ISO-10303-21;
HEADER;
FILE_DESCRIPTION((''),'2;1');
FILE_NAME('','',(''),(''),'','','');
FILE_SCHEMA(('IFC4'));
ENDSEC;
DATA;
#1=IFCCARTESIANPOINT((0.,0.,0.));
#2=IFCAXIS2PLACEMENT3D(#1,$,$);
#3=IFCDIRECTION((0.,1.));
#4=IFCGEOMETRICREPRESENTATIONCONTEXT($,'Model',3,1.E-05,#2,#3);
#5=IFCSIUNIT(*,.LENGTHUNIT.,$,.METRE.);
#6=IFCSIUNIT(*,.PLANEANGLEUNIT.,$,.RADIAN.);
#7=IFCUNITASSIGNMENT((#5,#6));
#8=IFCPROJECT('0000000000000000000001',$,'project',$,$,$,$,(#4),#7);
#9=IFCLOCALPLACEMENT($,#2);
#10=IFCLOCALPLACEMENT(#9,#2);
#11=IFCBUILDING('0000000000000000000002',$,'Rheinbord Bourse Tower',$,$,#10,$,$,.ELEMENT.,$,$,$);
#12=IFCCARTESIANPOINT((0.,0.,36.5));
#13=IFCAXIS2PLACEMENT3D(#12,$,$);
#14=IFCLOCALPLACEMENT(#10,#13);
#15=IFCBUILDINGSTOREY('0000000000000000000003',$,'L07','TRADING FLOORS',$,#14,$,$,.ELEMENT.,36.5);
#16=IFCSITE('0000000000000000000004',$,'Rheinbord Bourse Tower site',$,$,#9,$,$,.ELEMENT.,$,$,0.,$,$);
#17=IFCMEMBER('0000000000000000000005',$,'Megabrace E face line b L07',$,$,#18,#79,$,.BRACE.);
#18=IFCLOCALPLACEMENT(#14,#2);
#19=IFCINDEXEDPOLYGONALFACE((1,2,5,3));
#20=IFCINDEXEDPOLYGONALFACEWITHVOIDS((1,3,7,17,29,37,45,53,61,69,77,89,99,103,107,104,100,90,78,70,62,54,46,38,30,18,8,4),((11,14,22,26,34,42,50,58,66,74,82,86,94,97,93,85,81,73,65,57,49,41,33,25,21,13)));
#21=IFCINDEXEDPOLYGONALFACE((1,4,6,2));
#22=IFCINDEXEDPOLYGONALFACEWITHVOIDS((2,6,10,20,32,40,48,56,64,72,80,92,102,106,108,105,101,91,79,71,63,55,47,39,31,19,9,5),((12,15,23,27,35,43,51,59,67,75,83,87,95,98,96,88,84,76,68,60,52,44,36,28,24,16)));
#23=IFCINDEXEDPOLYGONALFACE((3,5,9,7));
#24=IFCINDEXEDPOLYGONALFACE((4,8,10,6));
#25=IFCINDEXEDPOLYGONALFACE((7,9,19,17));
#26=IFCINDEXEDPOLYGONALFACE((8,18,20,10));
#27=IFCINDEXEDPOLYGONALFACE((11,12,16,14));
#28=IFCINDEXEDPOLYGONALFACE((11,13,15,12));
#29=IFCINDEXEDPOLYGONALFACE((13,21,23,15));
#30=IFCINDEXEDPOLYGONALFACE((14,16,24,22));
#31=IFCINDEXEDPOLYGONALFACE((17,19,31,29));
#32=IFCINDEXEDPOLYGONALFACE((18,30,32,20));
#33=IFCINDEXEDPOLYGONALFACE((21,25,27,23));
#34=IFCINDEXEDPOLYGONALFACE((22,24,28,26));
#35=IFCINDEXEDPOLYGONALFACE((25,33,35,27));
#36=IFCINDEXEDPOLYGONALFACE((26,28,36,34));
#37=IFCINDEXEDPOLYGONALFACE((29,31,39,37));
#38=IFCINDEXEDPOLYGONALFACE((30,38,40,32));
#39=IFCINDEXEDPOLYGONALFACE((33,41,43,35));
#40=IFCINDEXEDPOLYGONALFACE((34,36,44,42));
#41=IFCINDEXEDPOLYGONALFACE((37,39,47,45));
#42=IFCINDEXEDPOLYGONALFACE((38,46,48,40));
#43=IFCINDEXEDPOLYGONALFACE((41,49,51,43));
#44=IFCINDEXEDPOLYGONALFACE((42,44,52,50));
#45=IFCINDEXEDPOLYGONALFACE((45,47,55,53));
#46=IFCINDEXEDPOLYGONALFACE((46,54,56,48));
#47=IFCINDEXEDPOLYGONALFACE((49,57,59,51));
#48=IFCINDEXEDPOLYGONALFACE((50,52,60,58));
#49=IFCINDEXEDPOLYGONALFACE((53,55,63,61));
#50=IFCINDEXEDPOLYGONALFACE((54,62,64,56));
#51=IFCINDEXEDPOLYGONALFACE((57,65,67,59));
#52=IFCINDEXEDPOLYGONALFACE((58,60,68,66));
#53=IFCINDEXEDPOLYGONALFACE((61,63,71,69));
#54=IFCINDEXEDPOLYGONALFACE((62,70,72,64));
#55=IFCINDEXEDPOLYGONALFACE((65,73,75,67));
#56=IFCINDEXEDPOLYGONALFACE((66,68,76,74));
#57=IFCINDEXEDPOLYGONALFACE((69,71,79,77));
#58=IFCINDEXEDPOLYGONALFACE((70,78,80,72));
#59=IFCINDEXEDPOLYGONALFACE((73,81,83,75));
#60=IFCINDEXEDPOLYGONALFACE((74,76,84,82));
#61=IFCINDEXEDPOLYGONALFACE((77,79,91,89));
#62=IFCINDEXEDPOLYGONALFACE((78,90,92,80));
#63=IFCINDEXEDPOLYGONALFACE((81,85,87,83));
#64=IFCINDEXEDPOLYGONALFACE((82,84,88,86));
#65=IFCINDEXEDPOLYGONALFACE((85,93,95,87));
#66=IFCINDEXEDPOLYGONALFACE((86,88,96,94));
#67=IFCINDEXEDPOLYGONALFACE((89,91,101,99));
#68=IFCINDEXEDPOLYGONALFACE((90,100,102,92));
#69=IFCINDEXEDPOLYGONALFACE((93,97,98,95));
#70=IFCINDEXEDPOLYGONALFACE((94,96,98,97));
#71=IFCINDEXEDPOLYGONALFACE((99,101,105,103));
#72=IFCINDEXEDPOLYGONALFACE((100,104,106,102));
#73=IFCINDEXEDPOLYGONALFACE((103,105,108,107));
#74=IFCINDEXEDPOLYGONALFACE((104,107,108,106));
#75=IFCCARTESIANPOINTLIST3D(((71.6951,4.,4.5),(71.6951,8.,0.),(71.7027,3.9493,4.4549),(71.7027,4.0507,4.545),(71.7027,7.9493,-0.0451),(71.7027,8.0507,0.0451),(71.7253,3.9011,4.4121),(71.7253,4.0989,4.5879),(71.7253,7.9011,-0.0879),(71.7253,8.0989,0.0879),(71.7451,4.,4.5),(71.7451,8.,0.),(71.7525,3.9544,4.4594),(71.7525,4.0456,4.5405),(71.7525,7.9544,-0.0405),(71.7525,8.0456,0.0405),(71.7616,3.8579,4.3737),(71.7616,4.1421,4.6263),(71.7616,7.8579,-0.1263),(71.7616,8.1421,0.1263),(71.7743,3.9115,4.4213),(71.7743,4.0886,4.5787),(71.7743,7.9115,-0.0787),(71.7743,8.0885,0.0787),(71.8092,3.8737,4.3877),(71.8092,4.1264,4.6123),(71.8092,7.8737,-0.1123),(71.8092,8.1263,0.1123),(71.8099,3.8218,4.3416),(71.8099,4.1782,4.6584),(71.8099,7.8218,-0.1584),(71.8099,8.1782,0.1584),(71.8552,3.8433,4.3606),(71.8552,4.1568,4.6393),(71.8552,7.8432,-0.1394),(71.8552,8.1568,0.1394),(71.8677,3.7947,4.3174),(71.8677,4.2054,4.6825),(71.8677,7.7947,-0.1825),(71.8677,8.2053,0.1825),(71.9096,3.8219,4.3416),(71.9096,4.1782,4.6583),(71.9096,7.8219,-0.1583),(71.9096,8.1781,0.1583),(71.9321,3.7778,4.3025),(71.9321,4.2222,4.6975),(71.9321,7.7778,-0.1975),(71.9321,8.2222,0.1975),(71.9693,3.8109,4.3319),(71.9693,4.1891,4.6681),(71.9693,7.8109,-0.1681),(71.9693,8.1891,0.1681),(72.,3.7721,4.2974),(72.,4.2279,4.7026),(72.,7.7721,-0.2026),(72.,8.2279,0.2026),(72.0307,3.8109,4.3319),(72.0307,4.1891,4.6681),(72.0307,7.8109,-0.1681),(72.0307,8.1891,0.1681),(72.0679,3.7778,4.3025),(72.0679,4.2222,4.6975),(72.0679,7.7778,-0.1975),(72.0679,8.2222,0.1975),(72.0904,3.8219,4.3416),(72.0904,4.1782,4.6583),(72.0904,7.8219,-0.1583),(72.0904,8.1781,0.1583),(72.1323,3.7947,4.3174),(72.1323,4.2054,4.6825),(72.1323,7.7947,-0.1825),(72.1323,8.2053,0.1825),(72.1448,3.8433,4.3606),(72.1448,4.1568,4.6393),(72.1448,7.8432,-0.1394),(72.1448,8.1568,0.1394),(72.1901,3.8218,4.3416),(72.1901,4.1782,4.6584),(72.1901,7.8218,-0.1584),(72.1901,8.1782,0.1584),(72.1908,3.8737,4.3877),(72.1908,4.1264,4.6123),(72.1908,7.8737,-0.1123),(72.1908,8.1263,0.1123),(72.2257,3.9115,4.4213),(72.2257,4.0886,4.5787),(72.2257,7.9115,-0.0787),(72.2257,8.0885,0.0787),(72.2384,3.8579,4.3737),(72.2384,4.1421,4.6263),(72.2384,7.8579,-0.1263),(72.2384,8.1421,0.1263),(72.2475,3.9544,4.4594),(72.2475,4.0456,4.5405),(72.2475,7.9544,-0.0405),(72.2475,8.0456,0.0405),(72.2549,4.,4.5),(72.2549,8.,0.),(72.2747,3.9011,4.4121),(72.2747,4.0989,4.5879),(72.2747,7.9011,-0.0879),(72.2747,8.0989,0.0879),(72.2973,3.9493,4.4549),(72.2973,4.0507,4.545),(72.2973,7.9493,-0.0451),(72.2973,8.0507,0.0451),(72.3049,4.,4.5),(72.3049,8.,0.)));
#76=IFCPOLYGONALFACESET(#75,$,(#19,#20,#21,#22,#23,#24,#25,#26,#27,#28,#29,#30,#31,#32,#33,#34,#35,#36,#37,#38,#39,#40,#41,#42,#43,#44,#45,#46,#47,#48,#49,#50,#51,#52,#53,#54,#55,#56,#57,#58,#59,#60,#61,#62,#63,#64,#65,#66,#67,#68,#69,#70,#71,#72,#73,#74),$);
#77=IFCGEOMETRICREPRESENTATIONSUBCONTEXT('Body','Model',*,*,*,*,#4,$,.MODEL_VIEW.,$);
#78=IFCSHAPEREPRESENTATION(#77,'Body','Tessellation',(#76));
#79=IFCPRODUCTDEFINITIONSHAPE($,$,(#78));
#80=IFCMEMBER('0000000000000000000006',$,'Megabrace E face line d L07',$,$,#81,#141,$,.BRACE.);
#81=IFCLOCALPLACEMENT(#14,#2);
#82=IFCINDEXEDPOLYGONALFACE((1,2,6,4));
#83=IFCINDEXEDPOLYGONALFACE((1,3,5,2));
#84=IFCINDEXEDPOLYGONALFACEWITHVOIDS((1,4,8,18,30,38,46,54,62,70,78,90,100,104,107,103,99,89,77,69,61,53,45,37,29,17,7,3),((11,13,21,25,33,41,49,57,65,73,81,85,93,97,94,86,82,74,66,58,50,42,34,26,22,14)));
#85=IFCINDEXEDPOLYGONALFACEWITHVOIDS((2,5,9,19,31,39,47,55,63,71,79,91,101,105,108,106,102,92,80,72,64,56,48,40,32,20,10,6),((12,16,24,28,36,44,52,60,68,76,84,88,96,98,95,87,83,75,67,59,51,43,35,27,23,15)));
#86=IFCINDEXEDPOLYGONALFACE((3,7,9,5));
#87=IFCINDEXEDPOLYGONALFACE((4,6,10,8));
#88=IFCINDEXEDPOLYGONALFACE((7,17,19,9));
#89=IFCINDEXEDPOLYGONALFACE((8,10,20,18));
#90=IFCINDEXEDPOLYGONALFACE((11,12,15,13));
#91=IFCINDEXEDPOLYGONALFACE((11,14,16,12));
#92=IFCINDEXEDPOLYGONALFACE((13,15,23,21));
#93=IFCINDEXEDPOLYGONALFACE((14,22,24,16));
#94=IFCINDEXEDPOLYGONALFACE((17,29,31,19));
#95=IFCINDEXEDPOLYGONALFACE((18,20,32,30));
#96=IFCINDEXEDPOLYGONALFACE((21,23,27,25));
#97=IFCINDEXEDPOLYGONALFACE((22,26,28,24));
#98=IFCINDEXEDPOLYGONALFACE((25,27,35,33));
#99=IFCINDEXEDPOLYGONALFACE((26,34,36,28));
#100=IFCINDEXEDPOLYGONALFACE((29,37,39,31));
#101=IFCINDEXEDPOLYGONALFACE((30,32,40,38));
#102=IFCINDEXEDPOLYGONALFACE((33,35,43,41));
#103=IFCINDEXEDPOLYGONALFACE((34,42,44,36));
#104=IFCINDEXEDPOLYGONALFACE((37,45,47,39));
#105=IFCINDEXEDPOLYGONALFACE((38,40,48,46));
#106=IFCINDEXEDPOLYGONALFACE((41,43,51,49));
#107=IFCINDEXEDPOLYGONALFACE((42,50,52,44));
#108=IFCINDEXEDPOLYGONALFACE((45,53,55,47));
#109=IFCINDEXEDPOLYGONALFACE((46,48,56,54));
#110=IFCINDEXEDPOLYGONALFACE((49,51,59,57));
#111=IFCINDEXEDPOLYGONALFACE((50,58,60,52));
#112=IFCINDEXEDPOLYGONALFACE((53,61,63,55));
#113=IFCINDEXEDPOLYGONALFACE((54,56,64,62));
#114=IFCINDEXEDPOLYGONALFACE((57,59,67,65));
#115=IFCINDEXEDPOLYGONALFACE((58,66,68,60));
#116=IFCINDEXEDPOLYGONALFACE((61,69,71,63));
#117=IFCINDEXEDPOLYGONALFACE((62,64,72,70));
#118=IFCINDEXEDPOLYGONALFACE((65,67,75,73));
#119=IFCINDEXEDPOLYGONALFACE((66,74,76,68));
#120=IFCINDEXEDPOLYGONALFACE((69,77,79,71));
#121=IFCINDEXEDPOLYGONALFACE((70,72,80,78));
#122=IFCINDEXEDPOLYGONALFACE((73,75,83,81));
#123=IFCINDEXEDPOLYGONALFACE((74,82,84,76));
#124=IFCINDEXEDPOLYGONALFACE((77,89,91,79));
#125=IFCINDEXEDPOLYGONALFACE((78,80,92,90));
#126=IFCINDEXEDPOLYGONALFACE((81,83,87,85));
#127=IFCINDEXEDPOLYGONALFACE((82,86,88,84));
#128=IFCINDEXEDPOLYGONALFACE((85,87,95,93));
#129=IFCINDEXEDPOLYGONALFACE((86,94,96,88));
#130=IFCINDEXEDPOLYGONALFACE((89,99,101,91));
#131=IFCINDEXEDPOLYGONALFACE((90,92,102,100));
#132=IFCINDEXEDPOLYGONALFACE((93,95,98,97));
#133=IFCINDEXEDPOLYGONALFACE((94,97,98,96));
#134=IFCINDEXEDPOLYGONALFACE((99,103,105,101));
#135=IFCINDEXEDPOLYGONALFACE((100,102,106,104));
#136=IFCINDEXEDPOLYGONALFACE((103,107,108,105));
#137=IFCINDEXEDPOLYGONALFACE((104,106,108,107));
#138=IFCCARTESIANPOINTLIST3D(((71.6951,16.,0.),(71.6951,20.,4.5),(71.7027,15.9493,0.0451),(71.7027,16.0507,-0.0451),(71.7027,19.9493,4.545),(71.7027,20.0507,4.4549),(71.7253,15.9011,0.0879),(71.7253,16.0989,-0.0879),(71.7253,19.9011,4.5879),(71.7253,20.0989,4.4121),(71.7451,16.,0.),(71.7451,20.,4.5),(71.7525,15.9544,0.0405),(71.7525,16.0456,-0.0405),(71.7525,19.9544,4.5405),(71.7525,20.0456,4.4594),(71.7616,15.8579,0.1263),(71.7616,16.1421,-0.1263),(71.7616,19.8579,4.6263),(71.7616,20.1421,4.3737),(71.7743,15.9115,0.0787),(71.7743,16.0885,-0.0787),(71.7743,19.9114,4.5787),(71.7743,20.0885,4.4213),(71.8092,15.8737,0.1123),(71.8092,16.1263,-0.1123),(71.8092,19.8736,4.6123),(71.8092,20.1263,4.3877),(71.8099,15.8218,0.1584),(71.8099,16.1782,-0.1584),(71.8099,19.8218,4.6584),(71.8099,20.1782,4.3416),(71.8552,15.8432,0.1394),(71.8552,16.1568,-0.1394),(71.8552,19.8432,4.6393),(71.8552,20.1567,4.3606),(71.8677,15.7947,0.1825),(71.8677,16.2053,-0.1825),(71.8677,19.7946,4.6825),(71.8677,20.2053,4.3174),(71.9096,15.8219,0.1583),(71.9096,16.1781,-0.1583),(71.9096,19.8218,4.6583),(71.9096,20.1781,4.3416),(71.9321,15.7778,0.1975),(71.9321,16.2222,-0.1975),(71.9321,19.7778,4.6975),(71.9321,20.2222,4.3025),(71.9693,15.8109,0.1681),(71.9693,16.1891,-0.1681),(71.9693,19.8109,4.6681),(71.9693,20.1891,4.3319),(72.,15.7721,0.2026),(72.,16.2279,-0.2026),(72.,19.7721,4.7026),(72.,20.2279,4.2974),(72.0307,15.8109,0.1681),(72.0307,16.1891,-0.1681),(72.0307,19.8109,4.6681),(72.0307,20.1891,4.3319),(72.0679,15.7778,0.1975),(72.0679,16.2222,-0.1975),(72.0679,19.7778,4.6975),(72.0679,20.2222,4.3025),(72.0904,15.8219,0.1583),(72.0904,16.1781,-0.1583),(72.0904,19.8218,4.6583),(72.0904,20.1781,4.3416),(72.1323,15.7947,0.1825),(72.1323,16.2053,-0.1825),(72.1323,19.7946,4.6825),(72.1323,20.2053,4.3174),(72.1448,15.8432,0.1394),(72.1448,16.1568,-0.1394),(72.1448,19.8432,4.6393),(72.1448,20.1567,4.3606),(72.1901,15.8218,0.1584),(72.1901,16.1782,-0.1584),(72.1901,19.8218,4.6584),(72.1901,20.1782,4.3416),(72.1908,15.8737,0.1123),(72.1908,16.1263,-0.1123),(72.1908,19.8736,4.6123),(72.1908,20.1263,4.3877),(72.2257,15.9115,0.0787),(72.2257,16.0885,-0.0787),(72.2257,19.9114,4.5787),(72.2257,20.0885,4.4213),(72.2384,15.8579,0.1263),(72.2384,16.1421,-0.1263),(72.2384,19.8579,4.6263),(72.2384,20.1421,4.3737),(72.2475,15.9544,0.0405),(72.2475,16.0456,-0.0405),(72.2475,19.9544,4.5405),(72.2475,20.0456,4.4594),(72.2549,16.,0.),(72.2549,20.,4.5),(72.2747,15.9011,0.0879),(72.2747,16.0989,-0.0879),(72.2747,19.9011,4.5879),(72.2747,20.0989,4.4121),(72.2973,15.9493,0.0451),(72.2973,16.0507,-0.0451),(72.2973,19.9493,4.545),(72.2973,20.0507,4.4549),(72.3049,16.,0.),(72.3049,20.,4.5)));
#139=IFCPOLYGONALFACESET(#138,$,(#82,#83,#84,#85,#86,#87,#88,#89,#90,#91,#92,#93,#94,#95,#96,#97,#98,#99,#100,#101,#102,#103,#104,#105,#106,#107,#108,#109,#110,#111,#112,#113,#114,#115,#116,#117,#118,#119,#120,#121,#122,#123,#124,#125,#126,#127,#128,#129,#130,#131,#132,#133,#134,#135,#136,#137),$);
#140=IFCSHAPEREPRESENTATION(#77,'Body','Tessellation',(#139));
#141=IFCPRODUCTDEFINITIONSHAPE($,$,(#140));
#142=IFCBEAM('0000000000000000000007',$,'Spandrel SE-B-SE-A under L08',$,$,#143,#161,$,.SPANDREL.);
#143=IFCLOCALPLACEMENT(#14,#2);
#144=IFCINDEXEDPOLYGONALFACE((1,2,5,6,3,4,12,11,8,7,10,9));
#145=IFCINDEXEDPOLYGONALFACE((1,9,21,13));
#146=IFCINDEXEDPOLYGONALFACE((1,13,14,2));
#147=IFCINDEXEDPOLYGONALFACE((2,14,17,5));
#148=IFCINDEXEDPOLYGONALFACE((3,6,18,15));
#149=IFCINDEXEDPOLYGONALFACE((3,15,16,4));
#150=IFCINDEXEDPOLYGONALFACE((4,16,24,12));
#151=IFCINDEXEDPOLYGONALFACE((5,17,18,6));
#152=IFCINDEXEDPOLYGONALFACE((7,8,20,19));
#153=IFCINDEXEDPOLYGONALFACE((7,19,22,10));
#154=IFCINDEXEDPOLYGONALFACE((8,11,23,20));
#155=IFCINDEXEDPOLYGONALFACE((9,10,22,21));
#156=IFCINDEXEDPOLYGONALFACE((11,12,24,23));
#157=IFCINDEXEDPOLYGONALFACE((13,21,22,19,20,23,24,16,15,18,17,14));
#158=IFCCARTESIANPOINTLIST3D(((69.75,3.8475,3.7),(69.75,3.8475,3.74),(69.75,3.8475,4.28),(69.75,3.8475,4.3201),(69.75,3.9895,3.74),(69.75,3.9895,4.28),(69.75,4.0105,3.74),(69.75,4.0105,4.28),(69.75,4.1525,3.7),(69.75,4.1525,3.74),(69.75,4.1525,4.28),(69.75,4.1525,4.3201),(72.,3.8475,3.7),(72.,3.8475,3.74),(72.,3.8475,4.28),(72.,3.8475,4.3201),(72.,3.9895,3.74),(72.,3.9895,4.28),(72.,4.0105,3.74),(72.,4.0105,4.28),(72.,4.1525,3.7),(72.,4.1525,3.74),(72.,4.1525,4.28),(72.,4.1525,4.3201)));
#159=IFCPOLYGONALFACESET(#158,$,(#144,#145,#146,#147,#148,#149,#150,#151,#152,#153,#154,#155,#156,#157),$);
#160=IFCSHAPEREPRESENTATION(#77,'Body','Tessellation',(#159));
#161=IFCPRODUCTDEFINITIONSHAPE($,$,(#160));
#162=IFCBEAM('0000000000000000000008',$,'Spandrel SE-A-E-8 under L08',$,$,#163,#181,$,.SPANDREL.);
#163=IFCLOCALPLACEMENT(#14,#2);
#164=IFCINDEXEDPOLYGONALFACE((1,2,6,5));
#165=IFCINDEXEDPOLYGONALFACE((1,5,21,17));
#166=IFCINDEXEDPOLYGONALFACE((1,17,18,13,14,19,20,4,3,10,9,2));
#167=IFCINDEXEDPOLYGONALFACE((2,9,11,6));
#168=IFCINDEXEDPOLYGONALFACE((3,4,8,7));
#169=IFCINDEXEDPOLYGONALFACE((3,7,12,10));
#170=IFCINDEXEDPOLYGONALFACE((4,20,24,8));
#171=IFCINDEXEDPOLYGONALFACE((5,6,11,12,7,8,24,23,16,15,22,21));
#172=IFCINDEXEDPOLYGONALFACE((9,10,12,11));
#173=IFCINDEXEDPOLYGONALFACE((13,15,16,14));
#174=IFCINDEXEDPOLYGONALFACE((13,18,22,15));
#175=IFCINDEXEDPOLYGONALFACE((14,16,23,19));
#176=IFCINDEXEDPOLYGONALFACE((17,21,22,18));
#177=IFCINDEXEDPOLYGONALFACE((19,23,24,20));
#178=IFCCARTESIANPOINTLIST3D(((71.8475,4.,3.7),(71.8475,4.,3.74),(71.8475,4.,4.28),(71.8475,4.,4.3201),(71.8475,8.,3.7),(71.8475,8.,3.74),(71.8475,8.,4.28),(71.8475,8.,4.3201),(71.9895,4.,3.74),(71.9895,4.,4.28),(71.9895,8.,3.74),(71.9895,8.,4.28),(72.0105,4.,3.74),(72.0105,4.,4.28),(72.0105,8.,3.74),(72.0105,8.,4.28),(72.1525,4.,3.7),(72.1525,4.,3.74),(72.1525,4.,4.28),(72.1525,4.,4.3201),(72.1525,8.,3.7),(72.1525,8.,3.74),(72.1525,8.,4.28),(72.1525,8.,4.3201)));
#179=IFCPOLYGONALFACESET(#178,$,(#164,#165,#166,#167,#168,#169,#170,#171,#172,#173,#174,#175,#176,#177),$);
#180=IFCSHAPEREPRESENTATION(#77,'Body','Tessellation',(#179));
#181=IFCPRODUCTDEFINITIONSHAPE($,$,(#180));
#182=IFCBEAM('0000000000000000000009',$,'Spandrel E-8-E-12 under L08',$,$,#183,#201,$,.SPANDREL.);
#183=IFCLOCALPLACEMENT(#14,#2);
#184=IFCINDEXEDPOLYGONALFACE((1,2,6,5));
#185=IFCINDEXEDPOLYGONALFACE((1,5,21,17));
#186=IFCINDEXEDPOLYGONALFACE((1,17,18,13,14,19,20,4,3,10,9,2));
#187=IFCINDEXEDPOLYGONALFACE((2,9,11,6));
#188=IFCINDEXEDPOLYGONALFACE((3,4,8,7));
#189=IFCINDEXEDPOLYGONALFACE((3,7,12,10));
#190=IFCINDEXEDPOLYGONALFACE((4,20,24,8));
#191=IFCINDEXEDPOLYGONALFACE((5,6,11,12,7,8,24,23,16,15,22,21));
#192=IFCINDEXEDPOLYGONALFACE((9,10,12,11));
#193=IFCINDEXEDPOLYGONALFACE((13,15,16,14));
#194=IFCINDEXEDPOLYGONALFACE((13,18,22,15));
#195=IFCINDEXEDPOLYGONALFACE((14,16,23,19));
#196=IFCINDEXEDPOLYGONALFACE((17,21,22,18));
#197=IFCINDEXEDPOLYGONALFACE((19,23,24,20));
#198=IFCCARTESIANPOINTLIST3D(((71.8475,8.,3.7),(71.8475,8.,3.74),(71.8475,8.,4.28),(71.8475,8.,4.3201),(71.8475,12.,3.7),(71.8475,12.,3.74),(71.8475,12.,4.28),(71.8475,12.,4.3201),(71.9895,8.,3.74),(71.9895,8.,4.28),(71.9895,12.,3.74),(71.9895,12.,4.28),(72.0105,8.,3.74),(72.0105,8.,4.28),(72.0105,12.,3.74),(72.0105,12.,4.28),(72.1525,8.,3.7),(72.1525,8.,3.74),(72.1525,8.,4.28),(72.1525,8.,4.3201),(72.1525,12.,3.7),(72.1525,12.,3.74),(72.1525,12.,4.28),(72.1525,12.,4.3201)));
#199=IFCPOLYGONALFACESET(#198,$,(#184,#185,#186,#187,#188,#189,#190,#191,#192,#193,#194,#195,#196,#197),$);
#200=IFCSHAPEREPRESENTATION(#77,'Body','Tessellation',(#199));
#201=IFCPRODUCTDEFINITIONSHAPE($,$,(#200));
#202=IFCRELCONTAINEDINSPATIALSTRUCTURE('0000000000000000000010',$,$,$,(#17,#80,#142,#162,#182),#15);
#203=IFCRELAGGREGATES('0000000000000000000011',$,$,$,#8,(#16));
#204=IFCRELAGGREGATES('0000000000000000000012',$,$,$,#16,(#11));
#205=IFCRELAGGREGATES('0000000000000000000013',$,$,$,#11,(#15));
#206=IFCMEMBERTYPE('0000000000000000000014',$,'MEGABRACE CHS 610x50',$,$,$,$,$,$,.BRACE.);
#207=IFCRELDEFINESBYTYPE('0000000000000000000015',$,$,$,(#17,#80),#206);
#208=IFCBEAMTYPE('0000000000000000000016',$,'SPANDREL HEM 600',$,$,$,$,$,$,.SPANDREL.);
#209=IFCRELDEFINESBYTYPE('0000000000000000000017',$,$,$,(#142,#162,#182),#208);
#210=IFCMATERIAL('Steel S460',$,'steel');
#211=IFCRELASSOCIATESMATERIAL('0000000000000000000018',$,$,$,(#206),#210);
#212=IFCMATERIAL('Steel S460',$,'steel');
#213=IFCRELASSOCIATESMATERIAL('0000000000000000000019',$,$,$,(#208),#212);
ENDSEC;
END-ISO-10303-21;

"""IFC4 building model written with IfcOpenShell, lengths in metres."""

from ifc_helpers import new_model, si_unit, direction, frame, origin, origin_2d, place, context, subcontext, project, spatial, hollow_circle, i_section, extrude, material, material_profile, profile_set, type_object, element, save


model = new_model("IFC4")

# Units and contexts
model_context = context("Model", 3, precision=1e-05, world=origin(), true_north=direction((0.0, 1.0)))
body_context = subcontext(model_context, "Body", "Model", "MODEL_VIEW")
ifc_project = project(units=[si_unit("LENGTHUNIT", "METRE"), si_unit("PLANEANGLEUNIT", "RADIAN")], contexts=[model_context])

# Site, building, storey
site_placement = place(None, origin())
site = spatial("IfcSite", under=ifc_project, at=site_placement, Name="Rheinbord Bourse Tower site", CompositionType="ELEMENT", RefElevation=0.0)
building_placement = place(site_placement, origin())
building = spatial("IfcBuilding", under=site, at=building_placement, Name="Rheinbord Bourse Tower", CompositionType="ELEMENT")
storey_placement = place(building_placement, frame((0.0, 0.0, 36.5)))
storey = spatial("IfcBuildingStorey", under=building, at=storey_placement, Name="L07", Description="TRADING FLOORS", CompositionType="ELEMENT", Elevation=36.5)

# Members
ifc_material_1 = material(Name="Steel S460", Category="steel")
ifc_material_profile_1 = material_profile(ifc_material_1, hollow_circle(Radius=0.3049, WallThickness=0.05, at=origin_2d()), Name="CHS 610x50")
ifc_profile_set_1 = profile_set([ifc_material_profile_1], Name="Steel S460")
member_type_1 = type_object("IfcMemberType", Name="MEGABRACE CHS 610x50", PredefinedType="BRACE", material=ifc_profile_set_1)
for number, where, z_axis, x_axis, name in (
    (1, (72.0, 8.0, 0.0), (0.0, -0.664364, 0.747409), (1.0, 0.0, 0.0), "Megabrace E face line b L07"),
    (2, (72.0, 16.0, 0.0), (0.0, 0.664364, 0.747409), (-1.0, 0.0, 0.0), "Megabrace E face line d L07"),
):
    element("IfcMember", number, at=place(storey_placement, frame(where, z_axis=z_axis, x_axis=x_axis)), inside=storey, type_object=member_type_1, Name=name, PredefinedType="BRACE", context=body_context, shape_type="SweptSolid", body=[
        extrude(hollow_circle(Radius=0.3049, WallThickness=0.05, at=origin_2d()), origin(), (0.0, 0.0, 1.0), 6.0208),
    ])

# Beams
ifc_material_2 = material(Name="Steel S460", Category="steel")
ifc_material_profile_2 = material_profile(ifc_material_2, i_section(OverallWidth=0.3049, OverallDepth=0.6201, WebThickness=0.021, FlangeThickness=0.04, at=origin_2d()), Name="HEM 600")
ifc_profile_set_2 = profile_set([ifc_material_profile_2], Name="Steel S460")
beam_type_1 = type_object("IfcBeamType", Name="SPANDREL HEM 600", PredefinedType="SPANDREL", material=ifc_profile_set_2)
beam_placement = place(storey_placement, frame((69.75, 4.0, 4.01), z_axis=(1.0, 0.0, 0.0), x_axis=(0.0, 1.0, 0.0)))
element("IfcBeam", 3, at=beam_placement, inside=storey, type_object=beam_type_1, Name="Spandrel SE-B-SE-A under L08", PredefinedType="SPANDREL", context=body_context, shape_type="SweptSolid", body=[
    extrude(i_section(OverallWidth=0.3049, OverallDepth=0.6201, WebThickness=0.021, FlangeThickness=0.04, at=origin_2d()), origin(), (0.0, 0.0, 1.0), 2.25),
])
for number, where, z_axis, x_axis, name in (
    (4, (72.0, 4.0, 4.01), (0.0, 1.0, 0.0), (-1.0, 0.0, 0.0), "Spandrel SE-A-E-8 under L08"),
    (5, (72.0, 8.0, 4.01), (0.0, 1.0, 0.0), (-1.0, 0.0, 0.0), "Spandrel E-8-E-12 under L08"),
):
    element("IfcBeam", number, at=place(storey_placement, frame(where, z_axis=z_axis, x_axis=x_axis)), inside=storey, type_object=beam_type_1, Name=name, PredefinedType="SPANDREL", context=body_context, shape_type="SweptSolid", body=[
        extrude(i_section(OverallWidth=0.3049, OverallDepth=0.6201, WebThickness=0.021, FlangeThickness=0.04, at=origin_2d()), origin(), (0.0, 0.0, 1.0), 4.0),
    ])

save(model, "model.ifc")
